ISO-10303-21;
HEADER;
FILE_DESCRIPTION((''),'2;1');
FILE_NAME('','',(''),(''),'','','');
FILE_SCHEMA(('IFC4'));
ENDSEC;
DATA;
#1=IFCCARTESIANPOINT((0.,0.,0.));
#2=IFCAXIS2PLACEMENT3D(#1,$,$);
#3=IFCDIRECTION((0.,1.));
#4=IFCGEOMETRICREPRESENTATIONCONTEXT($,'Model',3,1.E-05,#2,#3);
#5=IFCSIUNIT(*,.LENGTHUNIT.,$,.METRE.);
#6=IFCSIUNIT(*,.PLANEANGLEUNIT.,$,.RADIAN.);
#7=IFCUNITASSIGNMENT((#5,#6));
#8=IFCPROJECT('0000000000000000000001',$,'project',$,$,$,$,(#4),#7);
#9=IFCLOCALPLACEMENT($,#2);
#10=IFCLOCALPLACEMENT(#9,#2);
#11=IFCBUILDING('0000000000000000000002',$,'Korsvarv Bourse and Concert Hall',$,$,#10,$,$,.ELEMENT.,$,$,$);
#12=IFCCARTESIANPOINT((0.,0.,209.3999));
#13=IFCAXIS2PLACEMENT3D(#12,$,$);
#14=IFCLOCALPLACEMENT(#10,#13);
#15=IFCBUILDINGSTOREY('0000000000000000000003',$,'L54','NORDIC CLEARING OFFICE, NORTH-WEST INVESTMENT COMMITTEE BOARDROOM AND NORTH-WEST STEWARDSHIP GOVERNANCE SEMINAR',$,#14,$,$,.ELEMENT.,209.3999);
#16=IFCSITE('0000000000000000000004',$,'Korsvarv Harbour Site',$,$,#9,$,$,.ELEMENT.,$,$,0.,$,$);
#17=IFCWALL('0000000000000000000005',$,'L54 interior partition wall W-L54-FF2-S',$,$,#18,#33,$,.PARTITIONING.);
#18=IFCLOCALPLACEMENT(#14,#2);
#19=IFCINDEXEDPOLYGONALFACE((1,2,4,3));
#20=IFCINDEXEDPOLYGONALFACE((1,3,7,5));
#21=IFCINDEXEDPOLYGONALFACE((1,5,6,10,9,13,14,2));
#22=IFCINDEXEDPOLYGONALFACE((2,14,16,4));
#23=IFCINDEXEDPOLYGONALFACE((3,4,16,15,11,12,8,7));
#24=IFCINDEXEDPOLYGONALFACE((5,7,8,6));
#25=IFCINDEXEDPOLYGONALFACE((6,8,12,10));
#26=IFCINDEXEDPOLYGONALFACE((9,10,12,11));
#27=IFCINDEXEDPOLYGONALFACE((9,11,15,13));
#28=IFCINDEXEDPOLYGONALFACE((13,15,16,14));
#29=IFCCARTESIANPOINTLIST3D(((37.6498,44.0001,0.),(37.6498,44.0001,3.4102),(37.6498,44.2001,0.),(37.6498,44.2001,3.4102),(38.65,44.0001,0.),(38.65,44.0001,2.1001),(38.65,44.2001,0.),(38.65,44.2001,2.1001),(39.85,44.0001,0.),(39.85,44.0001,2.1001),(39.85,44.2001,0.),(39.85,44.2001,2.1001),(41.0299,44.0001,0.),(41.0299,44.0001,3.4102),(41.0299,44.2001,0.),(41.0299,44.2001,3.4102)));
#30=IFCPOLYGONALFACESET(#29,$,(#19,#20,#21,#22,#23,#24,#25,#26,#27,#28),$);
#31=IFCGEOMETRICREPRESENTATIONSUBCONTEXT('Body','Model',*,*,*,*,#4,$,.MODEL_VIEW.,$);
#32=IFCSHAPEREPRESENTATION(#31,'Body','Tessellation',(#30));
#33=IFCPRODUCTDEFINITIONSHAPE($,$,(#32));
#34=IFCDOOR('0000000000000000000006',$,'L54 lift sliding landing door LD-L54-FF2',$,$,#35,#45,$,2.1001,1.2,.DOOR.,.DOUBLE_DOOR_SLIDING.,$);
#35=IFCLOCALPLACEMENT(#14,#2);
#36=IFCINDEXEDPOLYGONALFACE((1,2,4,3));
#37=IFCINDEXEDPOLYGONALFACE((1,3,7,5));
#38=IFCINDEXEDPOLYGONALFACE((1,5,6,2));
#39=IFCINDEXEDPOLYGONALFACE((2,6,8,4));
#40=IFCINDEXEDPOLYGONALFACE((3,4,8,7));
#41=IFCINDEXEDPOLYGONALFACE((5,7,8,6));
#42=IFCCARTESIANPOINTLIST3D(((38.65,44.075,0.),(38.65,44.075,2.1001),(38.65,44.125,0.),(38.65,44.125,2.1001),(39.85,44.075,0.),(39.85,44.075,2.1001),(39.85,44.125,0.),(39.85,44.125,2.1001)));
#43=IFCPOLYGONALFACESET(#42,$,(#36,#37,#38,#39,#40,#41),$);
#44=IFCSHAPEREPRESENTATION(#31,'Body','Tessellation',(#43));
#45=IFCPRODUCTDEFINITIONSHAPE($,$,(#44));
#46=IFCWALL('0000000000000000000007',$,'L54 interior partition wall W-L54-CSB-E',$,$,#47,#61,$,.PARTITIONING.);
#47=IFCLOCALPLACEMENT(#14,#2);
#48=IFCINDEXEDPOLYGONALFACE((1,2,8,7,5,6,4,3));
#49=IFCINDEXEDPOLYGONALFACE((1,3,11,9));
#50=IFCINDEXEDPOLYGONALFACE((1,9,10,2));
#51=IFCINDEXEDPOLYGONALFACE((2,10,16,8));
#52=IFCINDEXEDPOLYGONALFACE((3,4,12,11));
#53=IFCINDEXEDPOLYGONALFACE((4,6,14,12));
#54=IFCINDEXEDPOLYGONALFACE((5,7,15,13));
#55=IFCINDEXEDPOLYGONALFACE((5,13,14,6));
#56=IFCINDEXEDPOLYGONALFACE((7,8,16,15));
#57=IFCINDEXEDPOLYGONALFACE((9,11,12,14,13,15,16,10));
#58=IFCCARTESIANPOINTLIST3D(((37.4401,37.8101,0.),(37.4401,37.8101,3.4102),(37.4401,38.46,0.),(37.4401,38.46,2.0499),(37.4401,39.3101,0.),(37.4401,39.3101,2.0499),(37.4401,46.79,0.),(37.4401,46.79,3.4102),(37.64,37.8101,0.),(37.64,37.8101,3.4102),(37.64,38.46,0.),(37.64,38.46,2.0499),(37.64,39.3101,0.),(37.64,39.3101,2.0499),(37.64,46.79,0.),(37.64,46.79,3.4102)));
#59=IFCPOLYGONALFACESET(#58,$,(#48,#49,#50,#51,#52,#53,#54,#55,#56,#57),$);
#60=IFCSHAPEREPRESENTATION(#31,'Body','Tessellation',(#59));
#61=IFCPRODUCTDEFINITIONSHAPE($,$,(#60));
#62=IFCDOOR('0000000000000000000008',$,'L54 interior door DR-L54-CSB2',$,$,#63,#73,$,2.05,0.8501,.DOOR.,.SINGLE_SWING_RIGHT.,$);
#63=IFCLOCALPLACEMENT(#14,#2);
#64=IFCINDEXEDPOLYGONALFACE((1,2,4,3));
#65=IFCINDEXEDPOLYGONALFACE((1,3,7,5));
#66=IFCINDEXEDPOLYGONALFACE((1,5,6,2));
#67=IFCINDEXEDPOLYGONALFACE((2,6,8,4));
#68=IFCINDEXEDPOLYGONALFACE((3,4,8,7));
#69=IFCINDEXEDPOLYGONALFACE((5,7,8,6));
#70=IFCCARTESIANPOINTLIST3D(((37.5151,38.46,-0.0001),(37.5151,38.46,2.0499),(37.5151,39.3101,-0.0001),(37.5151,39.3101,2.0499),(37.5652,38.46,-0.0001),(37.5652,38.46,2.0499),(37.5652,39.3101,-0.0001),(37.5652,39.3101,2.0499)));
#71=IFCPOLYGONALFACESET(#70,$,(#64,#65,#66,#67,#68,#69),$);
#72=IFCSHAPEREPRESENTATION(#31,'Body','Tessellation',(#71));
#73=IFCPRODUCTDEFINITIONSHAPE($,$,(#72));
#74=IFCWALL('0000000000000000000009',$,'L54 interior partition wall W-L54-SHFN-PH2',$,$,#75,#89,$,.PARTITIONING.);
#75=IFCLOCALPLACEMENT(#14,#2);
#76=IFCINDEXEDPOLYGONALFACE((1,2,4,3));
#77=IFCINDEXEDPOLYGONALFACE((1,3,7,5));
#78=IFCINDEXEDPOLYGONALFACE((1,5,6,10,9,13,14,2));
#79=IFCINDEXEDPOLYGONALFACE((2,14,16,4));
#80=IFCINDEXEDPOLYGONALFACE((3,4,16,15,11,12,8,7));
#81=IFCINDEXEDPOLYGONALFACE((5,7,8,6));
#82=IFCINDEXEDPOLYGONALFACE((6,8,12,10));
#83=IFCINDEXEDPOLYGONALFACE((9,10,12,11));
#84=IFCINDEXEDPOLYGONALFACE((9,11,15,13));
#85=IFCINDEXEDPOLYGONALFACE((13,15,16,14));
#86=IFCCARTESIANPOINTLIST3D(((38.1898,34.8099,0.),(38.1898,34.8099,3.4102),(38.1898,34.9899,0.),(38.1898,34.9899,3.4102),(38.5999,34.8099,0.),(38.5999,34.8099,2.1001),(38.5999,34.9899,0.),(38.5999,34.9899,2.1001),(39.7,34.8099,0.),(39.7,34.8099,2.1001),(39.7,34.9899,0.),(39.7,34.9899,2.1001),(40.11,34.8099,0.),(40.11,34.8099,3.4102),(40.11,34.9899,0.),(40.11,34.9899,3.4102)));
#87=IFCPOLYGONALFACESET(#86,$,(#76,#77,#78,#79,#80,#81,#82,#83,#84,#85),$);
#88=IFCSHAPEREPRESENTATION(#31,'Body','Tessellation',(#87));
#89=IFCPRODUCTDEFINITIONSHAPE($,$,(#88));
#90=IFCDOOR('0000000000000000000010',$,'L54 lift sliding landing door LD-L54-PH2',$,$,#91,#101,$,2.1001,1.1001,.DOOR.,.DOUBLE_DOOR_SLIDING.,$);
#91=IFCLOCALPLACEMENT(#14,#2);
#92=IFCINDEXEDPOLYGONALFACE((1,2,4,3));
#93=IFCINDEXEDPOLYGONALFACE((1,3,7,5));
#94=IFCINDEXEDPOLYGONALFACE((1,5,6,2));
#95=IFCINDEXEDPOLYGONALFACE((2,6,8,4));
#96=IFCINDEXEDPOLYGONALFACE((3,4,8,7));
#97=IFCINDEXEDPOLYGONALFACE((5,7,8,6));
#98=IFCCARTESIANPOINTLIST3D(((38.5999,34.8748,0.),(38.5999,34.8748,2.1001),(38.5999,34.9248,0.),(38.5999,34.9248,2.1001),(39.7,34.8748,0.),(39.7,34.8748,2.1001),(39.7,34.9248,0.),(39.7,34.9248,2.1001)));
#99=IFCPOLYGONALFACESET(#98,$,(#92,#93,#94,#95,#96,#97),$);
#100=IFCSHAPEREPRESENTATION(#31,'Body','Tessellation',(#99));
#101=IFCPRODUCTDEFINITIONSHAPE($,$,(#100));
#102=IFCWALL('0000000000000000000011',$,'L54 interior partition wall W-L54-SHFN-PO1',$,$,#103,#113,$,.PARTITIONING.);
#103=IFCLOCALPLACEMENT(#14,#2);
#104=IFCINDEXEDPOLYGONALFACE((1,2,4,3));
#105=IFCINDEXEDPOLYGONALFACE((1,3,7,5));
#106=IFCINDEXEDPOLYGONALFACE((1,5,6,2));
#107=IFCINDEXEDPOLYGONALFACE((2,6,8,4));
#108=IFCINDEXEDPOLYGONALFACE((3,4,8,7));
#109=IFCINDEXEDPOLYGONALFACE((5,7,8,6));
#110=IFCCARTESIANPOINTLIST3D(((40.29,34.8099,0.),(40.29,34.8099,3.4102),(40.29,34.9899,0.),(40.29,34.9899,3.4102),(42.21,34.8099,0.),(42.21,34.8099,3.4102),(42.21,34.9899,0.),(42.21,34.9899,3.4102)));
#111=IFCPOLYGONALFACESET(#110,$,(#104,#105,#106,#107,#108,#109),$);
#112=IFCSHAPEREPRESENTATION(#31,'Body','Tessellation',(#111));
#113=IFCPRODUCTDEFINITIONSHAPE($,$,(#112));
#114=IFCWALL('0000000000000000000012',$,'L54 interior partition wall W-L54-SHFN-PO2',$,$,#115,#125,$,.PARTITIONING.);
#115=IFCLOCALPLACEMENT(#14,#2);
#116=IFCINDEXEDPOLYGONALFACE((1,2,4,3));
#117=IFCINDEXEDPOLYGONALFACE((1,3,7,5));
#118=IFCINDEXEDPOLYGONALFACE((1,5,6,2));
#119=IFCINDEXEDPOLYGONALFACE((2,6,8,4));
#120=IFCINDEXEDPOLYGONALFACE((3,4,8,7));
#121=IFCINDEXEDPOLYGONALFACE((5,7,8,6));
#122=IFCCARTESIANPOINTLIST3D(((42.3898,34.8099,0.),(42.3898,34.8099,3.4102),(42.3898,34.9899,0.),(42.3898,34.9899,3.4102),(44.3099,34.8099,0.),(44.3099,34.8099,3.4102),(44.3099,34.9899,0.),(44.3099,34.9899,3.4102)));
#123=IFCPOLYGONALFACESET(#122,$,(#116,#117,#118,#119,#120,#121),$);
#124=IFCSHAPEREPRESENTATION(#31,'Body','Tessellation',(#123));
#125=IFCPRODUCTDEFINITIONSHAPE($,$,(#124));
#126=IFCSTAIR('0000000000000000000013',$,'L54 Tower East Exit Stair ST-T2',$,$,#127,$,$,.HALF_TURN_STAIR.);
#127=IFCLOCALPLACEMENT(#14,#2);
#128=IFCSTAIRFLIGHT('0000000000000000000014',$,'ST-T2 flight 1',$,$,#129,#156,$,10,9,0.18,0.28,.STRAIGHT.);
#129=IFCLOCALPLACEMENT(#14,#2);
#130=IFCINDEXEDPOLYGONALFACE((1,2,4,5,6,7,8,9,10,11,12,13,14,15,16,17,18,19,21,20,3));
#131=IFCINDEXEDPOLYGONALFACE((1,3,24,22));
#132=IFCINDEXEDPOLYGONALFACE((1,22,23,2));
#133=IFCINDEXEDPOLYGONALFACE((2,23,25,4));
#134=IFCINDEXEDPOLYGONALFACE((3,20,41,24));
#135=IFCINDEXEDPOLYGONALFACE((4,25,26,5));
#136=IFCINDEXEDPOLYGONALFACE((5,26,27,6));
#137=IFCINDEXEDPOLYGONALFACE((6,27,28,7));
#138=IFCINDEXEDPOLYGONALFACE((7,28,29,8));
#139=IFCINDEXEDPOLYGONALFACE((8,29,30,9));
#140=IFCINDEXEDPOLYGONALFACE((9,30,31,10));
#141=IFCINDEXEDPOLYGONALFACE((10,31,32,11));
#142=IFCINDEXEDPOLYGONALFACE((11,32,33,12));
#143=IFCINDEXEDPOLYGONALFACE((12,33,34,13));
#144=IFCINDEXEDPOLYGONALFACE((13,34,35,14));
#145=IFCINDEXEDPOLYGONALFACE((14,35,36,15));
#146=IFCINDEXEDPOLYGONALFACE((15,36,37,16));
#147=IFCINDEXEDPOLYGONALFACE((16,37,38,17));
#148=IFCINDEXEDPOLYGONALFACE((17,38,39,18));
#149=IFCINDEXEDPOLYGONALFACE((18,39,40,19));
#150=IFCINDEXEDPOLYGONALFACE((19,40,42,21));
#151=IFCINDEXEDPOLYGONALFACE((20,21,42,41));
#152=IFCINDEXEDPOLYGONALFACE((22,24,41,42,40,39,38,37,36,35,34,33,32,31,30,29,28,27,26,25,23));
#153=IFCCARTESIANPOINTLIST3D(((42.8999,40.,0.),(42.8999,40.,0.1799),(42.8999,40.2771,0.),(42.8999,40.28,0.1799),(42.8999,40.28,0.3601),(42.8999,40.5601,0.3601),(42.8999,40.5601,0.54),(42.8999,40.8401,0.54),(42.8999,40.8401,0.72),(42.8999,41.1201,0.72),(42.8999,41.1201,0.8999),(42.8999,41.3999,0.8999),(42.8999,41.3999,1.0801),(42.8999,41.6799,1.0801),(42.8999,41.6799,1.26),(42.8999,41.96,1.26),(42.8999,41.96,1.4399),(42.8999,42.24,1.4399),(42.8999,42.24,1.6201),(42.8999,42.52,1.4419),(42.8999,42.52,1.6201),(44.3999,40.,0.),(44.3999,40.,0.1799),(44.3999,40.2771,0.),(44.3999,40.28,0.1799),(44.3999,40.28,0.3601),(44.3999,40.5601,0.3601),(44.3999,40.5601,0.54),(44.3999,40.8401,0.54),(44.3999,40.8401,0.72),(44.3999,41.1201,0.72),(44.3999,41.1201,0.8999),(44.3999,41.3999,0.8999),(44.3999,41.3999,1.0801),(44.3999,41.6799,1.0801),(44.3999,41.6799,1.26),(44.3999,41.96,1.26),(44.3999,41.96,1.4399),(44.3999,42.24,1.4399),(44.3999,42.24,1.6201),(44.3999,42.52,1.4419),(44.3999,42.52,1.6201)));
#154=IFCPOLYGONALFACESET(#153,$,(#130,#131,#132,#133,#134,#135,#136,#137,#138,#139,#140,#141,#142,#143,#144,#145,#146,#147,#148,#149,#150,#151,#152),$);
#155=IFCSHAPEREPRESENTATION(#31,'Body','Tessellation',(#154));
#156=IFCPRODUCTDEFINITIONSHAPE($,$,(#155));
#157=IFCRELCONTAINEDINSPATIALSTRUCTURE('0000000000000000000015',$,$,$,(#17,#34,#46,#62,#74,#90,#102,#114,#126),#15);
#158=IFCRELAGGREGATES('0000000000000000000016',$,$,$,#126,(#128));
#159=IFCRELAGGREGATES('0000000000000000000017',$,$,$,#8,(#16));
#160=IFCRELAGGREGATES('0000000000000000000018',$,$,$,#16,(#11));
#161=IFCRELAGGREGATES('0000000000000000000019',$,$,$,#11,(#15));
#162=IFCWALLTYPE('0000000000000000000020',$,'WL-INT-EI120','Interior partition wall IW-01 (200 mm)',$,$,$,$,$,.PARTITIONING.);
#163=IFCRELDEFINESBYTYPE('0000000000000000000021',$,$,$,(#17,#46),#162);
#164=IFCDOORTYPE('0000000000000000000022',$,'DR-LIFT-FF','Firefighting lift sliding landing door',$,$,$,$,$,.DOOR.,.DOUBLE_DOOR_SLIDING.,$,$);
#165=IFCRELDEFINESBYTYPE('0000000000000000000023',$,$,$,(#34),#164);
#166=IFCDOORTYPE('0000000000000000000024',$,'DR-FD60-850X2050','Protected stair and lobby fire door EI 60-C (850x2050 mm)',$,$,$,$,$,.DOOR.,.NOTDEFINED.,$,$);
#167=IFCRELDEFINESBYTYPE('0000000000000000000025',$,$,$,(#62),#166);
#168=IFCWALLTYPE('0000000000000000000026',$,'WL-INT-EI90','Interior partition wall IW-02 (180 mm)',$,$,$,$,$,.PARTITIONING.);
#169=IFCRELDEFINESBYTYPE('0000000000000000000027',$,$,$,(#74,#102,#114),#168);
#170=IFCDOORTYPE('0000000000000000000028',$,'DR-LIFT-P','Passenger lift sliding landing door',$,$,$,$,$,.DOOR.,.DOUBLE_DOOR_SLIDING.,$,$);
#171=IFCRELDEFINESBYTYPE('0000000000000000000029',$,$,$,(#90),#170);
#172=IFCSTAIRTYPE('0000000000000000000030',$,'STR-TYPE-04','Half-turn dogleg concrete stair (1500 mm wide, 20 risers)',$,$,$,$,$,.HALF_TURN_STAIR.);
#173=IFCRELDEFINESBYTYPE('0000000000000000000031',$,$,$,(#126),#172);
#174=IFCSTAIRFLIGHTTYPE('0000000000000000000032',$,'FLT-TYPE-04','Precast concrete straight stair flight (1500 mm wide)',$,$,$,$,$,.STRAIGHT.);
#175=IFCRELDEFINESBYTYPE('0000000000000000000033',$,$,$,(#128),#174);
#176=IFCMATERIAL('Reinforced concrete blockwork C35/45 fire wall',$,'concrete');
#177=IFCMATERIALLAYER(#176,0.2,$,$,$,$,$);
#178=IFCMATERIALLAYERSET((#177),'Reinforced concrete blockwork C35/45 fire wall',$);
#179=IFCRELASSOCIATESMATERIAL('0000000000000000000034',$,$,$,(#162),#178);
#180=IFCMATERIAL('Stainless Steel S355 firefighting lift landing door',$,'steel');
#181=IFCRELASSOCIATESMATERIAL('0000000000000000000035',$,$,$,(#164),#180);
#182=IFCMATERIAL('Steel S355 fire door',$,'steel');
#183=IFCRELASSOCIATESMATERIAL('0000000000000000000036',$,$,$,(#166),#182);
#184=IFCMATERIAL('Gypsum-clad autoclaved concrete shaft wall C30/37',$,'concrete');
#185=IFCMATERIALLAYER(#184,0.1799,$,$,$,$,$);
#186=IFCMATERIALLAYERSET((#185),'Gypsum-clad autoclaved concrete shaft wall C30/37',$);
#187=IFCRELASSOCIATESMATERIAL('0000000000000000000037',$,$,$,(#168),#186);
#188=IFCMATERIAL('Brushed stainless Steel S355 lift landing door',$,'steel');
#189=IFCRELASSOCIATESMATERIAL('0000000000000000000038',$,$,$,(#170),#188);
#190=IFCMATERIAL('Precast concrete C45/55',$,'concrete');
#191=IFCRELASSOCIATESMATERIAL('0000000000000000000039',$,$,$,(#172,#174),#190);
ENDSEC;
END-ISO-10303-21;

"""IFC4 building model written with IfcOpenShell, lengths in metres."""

from ifc_helpers import new_model, si_unit, direction, frame, frame_2d, origin, place, context, subcontext, project, spatial, polyline, rectangle, outline, extrude, material, layer, layer_set, type_object, element, fill, aggregate, save


model = new_model("IFC4")

# Units and contexts
model_context = context("Model", 3, precision=1e-05, world=origin(), true_north=direction((0.0, 1.0)))
body_context = subcontext(model_context, "Body", "Model", "MODEL_VIEW")
ifc_project = project(units=[si_unit("LENGTHUNIT", "METRE"), si_unit("PLANEANGLEUNIT", "RADIAN")], contexts=[model_context])

# Site, building, storey
site_placement = place(None, origin())
site = spatial("IfcSite", under=ifc_project, at=site_placement, Name="Korsvarv Harbour Site", CompositionType="ELEMENT", RefElevation=0.0)
building_placement = place(site_placement, origin())
building = spatial("IfcBuilding", under=site, at=building_placement, Name="Korsvarv Bourse and Concert Hall", CompositionType="ELEMENT")
storey_placement = place(building_placement, frame((0.0, 0.0, 209.3999)))
storey = spatial("IfcBuildingStorey", under=building, at=storey_placement, Name="L54", Description="NORDIC CLEARING OFFICE, NORTH-WEST INVESTMENT COMMITTEE BOARDROOM AND NORTH-WEST STEWARDSHIP GOVERNANCE SEMINAR", CompositionType="ELEMENT", Elevation=209.3999)

# Shared definitions
ifc_material_1 = material(Name="Steel S355 fire door", Category="steel")

# Walls, openings, doors
ifc_material_2 = material(Name="Reinforced concrete blockwork C35/45 fire wall", Category="concrete")
ifc_layer_1 = layer(ifc_material_2, 0.2)
ifc_layer_set_1 = layer_set([ifc_layer_1], Name="Reinforced concrete blockwork C35/45 fire wall")
wall_type_1 = type_object("IfcWallType", Name="WL-INT-EI120", Description="Interior partition wall IW-01 (200 mm)", PredefinedType="PARTITIONING", material=ifc_layer_set_1)
wall_1_placement = place(storey_placement, frame((37.6499, 44.1001, 0.0), z_axis=(0.0, 0.0, 1.0), x_axis=(1.0, 0.0, 0.0)))
wall_1 = element("IfcWall", 1, at=wall_1_placement, inside=storey, type_object=wall_type_1, Name="L54 interior partition wall W-L54-FF2-S", PredefinedType="PARTITIONING", context=body_context, shape_type="SweptSolid", body=[
    extrude(rectangle(XDim=3.3801, YDim=0.2, at=frame_2d((1.6899, 0.0))), origin(), (0.0, 0.0, 1.0), 3.4102),
])
opening_1_placement = place(wall_1_placement, frame((1.0, 0.0, 0.0)))
opening_1 = element("IfcOpeningElement", 2, at=opening_1_placement, cuts=wall_1, PredefinedType="OPENING", context=body_context, shape_type="SweptSolid", body=[
    extrude(rectangle(XDim=1.2, YDim=2.1001, at=frame_2d((0.6001, 1.05))), frame((0.0, 0.1099, 0.0), z_axis=(0.0, -1.0, 0.0), x_axis=(1.0, 0.0, 0.0)), (0.0, 0.0, 1.0), 0.22),
])
ifc_material_3 = material(Name="Stainless Steel S355 firefighting lift landing door", Category="steel")
door_type_1 = type_object("IfcDoorType", Name="DR-LIFT-FF", Description="Firefighting lift sliding landing door", OperationType="DOUBLE_DOOR_SLIDING", PredefinedType="DOOR", material=ifc_material_3)
door_1_placement = place(opening_1_placement, origin())
door_1 = element("IfcDoor", 3, at=door_1_placement, inside=storey, type_object=door_type_1, Name="L54 lift sliding landing door LD-L54-FF2", OperationType="DOUBLE_DOOR_SLIDING", OverallHeight=2.1001, OverallWidth=1.2, PredefinedType="DOOR", context=body_context, shape_type="SweptSolid", body=[
    extrude(rectangle(XDim=1.2, YDim=2.1001, at=frame_2d((0.6001, 1.05))), frame((0.0, 0.0249, 0.0), z_axis=(0.0, -1.0, 0.0), x_axis=(1.0, 0.0, 0.0)), (0.0, 0.0, 1.0), 0.05),
])
fill(opening_1, door_1)
wall_2_placement = place(storey_placement, frame((37.54, 37.8101, 0.0), z_axis=(0.0, 0.0, 1.0), x_axis=(0.0, 1.0, 0.0)))
wall_2 = element("IfcWall", 4, at=wall_2_placement, inside=storey, type_object=wall_type_1, Name="L54 interior partition wall W-L54-CSB-E", PredefinedType="PARTITIONING", context=body_context, shape_type="SweptSolid", body=[
    extrude(rectangle(XDim=8.98, YDim=0.2, at=frame_2d((4.49, 0.0))), origin(), (0.0, 0.0, 1.0), 3.4102),
])
opening_2_placement = place(wall_2_placement, frame((0.6499, 0.0, 0.0)))
opening_2 = element("IfcOpeningElement", 5, at=opening_2_placement, cuts=wall_2, PredefinedType="OPENING", context=body_context, shape_type="SweptSolid", body=[
    extrude(rectangle(XDim=0.8501, YDim=2.05, at=frame_2d((0.425, 1.0249))), frame((0.0, 0.1099, 0.0), z_axis=(0.0, -1.0, 0.0), x_axis=(1.0, 0.0, 0.0)), (0.0, 0.0, 1.0), 0.22),
])
door_type_2 = type_object("IfcDoorType", Name="DR-FD60-850X2050", Description="Protected stair and lobby fire door EI 60-C (850x2050 mm)", OperationType="NOTDEFINED", PredefinedType="DOOR", material=ifc_material_1)
door_2_placement = place(opening_2_placement, origin())
door_2 = element("IfcDoor", 6, at=door_2_placement, inside=storey, type_object=door_type_2, Name="L54 interior door DR-L54-CSB2", OperationType="SINGLE_SWING_RIGHT", OverallHeight=2.05, OverallWidth=0.8501, PredefinedType="DOOR", context=body_context, shape_type="SweptSolid", body=[
    extrude(rectangle(XDim=0.8501, YDim=2.05, at=frame_2d((0.425, 1.0249))), frame((0.0, 0.0249, 0.0), z_axis=(0.0, -1.0, 0.0), x_axis=(1.0, 0.0, 0.0)), (0.0, 0.0, 1.0), 0.05),
])
fill(opening_2, door_2)
ifc_material_4 = material(Name="Gypsum-clad autoclaved concrete shaft wall C30/37", Category="concrete")
ifc_layer_2 = layer(ifc_material_4, 0.1799)
ifc_layer_set_2 = layer_set([ifc_layer_2], Name="Gypsum-clad autoclaved concrete shaft wall C30/37")
wall_type_2 = type_object("IfcWallType", Name="WL-INT-EI90", Description="Interior partition wall IW-02 (180 mm)", PredefinedType="PARTITIONING", material=ifc_layer_set_2)
wall_3_placement = place(storey_placement, frame((38.1899, 34.8999, 0.0), z_axis=(0.0, 0.0, 1.0), x_axis=(1.0, 0.0, 0.0)))
wall_3 = element("IfcWall", 7, at=wall_3_placement, inside=storey, type_object=wall_type_2, Name="L54 interior partition wall W-L54-SHFN-PH2", PredefinedType="PARTITIONING", context=body_context, shape_type="SweptSolid", body=[
    extrude(rectangle(XDim=1.9202, YDim=0.1799, at=frame_2d((0.96, 0.0))), origin(), (0.0, 0.0, 1.0), 3.4102),
])
opening_3_placement = place(wall_3_placement, frame((0.4099, 0.0, 0.0)))
opening_3 = element("IfcOpeningElement", 8, at=opening_3_placement, cuts=wall_3, PredefinedType="OPENING", context=body_context, shape_type="SweptSolid", body=[
    extrude(rectangle(XDim=1.1001, YDim=2.1001, at=frame_2d((0.55, 1.05))), frame((0.0, 0.1001, 0.0), z_axis=(0.0, -1.0, 0.0), x_axis=(1.0, 0.0, 0.0)), (0.0, 0.0, 1.0), 0.2),
])
ifc_material_5 = material(Name="Brushed stainless Steel S355 lift landing door", Category="steel")
door_type_3 = type_object("IfcDoorType", Name="DR-LIFT-P", Description="Passenger lift sliding landing door", OperationType="DOUBLE_DOOR_SLIDING", PredefinedType="DOOR", material=ifc_material_5)
door_3_placement = place(opening_3_placement, origin())
door_3 = element("IfcDoor", 9, at=door_3_placement, inside=storey, type_object=door_type_3, Name="L54 lift sliding landing door LD-L54-PH2", OperationType="DOUBLE_DOOR_SLIDING", OverallHeight=2.1001, OverallWidth=1.1001, PredefinedType="DOOR", context=body_context, shape_type="SweptSolid", body=[
    extrude(rectangle(XDim=1.1001, YDim=2.1001, at=frame_2d((0.55, 1.05))), frame((0.0, 0.0249, 0.0), z_axis=(0.0, -1.0, 0.0), x_axis=(1.0, 0.0, 0.0)), (0.0, 0.0, 1.0), 0.05),
])
fill(opening_3, door_3)

# Walls
wall_4_placement = place(storey_placement, frame((40.29, 34.8999, 0.0), z_axis=(0.0, 0.0, 1.0), x_axis=(1.0, 0.0, 0.0)))
element("IfcWall", 10, at=wall_4_placement, inside=storey, type_object=wall_type_2, Name="L54 interior partition wall W-L54-SHFN-PO1", PredefinedType="PARTITIONING", context=body_context, shape_type="SweptSolid", body=[
    extrude(rectangle(XDim=1.9199, YDim=0.1799, at=frame_2d((0.96, 0.0))), origin(), (0.0, 0.0, 1.0), 3.4102),
])
wall_5_placement = place(storey_placement, frame((42.3899, 34.8999, 0.0), z_axis=(0.0, 0.0, 1.0), x_axis=(1.0, 0.0, 0.0)))
element("IfcWall", 11, at=wall_5_placement, inside=storey, type_object=wall_type_2, Name="L54 interior partition wall W-L54-SHFN-PO2", PredefinedType="PARTITIONING", context=body_context, shape_type="SweptSolid", body=[
    extrude(rectangle(XDim=1.9202, YDim=0.1799, at=frame_2d((0.96, 0.0))), origin(), (0.0, 0.0, 1.0), 3.4102),
])

# Stair, stair flight
ifc_material_6 = material(Name="Precast concrete C45/55", Category="concrete")
stair_type = type_object("IfcStairType", Name="STR-TYPE-04", Description="Half-turn dogleg concrete stair (1500 mm wide, 20 risers)", PredefinedType="HALF_TURN_STAIR", material=ifc_material_6)
stair_placement = place(storey_placement, origin())
stair = element("IfcStair", 12, at=stair_placement, inside=storey, type_object=stair_type, Name="L54 Tower East Exit Stair ST-T2", PredefinedType="HALF_TURN_STAIR")
stair_flight_type = type_object("IfcStairFlightType", Name="FLT-TYPE-04", Description="Precast concrete straight stair flight (1500 mm wide)", PredefinedType="STRAIGHT", material=ifc_material_6)
stair_flight_1_placement = place(storey_placement, frame((43.6499, 40.0, 0.0), z_axis=(0.0, 0.0, 1.0), x_axis=(0.0, 1.0, 0.0)))
stair_flight_1 = element("IfcStairFlight", 13, at=stair_flight_1_placement, type_object=stair_flight_type, Name="ST-T2 flight 1", NumberOfRisers=10, NumberOfTreads=9, PredefinedType="STRAIGHT", RiserHeight=0.18, TreadLength=0.28, context=body_context, shape_type="SweptSolid", body=[
    extrude(outline(polyline([(0.0, 0.0), (0.0, 0.1799), (0.28, 0.1799), (0.28, 0.3601), (0.5601, 0.3601), (0.5601, 0.54), (0.8401, 0.54), (0.8401, 0.72), (1.1201, 0.72), (1.1201, 0.8999), (1.3999, 0.8999), (1.3999, 1.0801), (1.6799, 1.0801), (1.6799, 1.26), (1.96, 1.26), (1.96, 1.4399), (2.24, 1.4399), (2.24, 1.6201), (2.52, 1.6201), (2.52, 1.8), (2.52, 1.4419), (0.2771, 0.0), (0.0, 0.0)])), frame((0.0, 0.75, 0.0), z_axis=(0.0, -1.0, 0.0), x_axis=(1.0, 0.0, 0.0)), (0.0, 0.0, 1.0), 1.5),
])
aggregate(stair, [stair_flight_1])

save(model, "model.ifc")
